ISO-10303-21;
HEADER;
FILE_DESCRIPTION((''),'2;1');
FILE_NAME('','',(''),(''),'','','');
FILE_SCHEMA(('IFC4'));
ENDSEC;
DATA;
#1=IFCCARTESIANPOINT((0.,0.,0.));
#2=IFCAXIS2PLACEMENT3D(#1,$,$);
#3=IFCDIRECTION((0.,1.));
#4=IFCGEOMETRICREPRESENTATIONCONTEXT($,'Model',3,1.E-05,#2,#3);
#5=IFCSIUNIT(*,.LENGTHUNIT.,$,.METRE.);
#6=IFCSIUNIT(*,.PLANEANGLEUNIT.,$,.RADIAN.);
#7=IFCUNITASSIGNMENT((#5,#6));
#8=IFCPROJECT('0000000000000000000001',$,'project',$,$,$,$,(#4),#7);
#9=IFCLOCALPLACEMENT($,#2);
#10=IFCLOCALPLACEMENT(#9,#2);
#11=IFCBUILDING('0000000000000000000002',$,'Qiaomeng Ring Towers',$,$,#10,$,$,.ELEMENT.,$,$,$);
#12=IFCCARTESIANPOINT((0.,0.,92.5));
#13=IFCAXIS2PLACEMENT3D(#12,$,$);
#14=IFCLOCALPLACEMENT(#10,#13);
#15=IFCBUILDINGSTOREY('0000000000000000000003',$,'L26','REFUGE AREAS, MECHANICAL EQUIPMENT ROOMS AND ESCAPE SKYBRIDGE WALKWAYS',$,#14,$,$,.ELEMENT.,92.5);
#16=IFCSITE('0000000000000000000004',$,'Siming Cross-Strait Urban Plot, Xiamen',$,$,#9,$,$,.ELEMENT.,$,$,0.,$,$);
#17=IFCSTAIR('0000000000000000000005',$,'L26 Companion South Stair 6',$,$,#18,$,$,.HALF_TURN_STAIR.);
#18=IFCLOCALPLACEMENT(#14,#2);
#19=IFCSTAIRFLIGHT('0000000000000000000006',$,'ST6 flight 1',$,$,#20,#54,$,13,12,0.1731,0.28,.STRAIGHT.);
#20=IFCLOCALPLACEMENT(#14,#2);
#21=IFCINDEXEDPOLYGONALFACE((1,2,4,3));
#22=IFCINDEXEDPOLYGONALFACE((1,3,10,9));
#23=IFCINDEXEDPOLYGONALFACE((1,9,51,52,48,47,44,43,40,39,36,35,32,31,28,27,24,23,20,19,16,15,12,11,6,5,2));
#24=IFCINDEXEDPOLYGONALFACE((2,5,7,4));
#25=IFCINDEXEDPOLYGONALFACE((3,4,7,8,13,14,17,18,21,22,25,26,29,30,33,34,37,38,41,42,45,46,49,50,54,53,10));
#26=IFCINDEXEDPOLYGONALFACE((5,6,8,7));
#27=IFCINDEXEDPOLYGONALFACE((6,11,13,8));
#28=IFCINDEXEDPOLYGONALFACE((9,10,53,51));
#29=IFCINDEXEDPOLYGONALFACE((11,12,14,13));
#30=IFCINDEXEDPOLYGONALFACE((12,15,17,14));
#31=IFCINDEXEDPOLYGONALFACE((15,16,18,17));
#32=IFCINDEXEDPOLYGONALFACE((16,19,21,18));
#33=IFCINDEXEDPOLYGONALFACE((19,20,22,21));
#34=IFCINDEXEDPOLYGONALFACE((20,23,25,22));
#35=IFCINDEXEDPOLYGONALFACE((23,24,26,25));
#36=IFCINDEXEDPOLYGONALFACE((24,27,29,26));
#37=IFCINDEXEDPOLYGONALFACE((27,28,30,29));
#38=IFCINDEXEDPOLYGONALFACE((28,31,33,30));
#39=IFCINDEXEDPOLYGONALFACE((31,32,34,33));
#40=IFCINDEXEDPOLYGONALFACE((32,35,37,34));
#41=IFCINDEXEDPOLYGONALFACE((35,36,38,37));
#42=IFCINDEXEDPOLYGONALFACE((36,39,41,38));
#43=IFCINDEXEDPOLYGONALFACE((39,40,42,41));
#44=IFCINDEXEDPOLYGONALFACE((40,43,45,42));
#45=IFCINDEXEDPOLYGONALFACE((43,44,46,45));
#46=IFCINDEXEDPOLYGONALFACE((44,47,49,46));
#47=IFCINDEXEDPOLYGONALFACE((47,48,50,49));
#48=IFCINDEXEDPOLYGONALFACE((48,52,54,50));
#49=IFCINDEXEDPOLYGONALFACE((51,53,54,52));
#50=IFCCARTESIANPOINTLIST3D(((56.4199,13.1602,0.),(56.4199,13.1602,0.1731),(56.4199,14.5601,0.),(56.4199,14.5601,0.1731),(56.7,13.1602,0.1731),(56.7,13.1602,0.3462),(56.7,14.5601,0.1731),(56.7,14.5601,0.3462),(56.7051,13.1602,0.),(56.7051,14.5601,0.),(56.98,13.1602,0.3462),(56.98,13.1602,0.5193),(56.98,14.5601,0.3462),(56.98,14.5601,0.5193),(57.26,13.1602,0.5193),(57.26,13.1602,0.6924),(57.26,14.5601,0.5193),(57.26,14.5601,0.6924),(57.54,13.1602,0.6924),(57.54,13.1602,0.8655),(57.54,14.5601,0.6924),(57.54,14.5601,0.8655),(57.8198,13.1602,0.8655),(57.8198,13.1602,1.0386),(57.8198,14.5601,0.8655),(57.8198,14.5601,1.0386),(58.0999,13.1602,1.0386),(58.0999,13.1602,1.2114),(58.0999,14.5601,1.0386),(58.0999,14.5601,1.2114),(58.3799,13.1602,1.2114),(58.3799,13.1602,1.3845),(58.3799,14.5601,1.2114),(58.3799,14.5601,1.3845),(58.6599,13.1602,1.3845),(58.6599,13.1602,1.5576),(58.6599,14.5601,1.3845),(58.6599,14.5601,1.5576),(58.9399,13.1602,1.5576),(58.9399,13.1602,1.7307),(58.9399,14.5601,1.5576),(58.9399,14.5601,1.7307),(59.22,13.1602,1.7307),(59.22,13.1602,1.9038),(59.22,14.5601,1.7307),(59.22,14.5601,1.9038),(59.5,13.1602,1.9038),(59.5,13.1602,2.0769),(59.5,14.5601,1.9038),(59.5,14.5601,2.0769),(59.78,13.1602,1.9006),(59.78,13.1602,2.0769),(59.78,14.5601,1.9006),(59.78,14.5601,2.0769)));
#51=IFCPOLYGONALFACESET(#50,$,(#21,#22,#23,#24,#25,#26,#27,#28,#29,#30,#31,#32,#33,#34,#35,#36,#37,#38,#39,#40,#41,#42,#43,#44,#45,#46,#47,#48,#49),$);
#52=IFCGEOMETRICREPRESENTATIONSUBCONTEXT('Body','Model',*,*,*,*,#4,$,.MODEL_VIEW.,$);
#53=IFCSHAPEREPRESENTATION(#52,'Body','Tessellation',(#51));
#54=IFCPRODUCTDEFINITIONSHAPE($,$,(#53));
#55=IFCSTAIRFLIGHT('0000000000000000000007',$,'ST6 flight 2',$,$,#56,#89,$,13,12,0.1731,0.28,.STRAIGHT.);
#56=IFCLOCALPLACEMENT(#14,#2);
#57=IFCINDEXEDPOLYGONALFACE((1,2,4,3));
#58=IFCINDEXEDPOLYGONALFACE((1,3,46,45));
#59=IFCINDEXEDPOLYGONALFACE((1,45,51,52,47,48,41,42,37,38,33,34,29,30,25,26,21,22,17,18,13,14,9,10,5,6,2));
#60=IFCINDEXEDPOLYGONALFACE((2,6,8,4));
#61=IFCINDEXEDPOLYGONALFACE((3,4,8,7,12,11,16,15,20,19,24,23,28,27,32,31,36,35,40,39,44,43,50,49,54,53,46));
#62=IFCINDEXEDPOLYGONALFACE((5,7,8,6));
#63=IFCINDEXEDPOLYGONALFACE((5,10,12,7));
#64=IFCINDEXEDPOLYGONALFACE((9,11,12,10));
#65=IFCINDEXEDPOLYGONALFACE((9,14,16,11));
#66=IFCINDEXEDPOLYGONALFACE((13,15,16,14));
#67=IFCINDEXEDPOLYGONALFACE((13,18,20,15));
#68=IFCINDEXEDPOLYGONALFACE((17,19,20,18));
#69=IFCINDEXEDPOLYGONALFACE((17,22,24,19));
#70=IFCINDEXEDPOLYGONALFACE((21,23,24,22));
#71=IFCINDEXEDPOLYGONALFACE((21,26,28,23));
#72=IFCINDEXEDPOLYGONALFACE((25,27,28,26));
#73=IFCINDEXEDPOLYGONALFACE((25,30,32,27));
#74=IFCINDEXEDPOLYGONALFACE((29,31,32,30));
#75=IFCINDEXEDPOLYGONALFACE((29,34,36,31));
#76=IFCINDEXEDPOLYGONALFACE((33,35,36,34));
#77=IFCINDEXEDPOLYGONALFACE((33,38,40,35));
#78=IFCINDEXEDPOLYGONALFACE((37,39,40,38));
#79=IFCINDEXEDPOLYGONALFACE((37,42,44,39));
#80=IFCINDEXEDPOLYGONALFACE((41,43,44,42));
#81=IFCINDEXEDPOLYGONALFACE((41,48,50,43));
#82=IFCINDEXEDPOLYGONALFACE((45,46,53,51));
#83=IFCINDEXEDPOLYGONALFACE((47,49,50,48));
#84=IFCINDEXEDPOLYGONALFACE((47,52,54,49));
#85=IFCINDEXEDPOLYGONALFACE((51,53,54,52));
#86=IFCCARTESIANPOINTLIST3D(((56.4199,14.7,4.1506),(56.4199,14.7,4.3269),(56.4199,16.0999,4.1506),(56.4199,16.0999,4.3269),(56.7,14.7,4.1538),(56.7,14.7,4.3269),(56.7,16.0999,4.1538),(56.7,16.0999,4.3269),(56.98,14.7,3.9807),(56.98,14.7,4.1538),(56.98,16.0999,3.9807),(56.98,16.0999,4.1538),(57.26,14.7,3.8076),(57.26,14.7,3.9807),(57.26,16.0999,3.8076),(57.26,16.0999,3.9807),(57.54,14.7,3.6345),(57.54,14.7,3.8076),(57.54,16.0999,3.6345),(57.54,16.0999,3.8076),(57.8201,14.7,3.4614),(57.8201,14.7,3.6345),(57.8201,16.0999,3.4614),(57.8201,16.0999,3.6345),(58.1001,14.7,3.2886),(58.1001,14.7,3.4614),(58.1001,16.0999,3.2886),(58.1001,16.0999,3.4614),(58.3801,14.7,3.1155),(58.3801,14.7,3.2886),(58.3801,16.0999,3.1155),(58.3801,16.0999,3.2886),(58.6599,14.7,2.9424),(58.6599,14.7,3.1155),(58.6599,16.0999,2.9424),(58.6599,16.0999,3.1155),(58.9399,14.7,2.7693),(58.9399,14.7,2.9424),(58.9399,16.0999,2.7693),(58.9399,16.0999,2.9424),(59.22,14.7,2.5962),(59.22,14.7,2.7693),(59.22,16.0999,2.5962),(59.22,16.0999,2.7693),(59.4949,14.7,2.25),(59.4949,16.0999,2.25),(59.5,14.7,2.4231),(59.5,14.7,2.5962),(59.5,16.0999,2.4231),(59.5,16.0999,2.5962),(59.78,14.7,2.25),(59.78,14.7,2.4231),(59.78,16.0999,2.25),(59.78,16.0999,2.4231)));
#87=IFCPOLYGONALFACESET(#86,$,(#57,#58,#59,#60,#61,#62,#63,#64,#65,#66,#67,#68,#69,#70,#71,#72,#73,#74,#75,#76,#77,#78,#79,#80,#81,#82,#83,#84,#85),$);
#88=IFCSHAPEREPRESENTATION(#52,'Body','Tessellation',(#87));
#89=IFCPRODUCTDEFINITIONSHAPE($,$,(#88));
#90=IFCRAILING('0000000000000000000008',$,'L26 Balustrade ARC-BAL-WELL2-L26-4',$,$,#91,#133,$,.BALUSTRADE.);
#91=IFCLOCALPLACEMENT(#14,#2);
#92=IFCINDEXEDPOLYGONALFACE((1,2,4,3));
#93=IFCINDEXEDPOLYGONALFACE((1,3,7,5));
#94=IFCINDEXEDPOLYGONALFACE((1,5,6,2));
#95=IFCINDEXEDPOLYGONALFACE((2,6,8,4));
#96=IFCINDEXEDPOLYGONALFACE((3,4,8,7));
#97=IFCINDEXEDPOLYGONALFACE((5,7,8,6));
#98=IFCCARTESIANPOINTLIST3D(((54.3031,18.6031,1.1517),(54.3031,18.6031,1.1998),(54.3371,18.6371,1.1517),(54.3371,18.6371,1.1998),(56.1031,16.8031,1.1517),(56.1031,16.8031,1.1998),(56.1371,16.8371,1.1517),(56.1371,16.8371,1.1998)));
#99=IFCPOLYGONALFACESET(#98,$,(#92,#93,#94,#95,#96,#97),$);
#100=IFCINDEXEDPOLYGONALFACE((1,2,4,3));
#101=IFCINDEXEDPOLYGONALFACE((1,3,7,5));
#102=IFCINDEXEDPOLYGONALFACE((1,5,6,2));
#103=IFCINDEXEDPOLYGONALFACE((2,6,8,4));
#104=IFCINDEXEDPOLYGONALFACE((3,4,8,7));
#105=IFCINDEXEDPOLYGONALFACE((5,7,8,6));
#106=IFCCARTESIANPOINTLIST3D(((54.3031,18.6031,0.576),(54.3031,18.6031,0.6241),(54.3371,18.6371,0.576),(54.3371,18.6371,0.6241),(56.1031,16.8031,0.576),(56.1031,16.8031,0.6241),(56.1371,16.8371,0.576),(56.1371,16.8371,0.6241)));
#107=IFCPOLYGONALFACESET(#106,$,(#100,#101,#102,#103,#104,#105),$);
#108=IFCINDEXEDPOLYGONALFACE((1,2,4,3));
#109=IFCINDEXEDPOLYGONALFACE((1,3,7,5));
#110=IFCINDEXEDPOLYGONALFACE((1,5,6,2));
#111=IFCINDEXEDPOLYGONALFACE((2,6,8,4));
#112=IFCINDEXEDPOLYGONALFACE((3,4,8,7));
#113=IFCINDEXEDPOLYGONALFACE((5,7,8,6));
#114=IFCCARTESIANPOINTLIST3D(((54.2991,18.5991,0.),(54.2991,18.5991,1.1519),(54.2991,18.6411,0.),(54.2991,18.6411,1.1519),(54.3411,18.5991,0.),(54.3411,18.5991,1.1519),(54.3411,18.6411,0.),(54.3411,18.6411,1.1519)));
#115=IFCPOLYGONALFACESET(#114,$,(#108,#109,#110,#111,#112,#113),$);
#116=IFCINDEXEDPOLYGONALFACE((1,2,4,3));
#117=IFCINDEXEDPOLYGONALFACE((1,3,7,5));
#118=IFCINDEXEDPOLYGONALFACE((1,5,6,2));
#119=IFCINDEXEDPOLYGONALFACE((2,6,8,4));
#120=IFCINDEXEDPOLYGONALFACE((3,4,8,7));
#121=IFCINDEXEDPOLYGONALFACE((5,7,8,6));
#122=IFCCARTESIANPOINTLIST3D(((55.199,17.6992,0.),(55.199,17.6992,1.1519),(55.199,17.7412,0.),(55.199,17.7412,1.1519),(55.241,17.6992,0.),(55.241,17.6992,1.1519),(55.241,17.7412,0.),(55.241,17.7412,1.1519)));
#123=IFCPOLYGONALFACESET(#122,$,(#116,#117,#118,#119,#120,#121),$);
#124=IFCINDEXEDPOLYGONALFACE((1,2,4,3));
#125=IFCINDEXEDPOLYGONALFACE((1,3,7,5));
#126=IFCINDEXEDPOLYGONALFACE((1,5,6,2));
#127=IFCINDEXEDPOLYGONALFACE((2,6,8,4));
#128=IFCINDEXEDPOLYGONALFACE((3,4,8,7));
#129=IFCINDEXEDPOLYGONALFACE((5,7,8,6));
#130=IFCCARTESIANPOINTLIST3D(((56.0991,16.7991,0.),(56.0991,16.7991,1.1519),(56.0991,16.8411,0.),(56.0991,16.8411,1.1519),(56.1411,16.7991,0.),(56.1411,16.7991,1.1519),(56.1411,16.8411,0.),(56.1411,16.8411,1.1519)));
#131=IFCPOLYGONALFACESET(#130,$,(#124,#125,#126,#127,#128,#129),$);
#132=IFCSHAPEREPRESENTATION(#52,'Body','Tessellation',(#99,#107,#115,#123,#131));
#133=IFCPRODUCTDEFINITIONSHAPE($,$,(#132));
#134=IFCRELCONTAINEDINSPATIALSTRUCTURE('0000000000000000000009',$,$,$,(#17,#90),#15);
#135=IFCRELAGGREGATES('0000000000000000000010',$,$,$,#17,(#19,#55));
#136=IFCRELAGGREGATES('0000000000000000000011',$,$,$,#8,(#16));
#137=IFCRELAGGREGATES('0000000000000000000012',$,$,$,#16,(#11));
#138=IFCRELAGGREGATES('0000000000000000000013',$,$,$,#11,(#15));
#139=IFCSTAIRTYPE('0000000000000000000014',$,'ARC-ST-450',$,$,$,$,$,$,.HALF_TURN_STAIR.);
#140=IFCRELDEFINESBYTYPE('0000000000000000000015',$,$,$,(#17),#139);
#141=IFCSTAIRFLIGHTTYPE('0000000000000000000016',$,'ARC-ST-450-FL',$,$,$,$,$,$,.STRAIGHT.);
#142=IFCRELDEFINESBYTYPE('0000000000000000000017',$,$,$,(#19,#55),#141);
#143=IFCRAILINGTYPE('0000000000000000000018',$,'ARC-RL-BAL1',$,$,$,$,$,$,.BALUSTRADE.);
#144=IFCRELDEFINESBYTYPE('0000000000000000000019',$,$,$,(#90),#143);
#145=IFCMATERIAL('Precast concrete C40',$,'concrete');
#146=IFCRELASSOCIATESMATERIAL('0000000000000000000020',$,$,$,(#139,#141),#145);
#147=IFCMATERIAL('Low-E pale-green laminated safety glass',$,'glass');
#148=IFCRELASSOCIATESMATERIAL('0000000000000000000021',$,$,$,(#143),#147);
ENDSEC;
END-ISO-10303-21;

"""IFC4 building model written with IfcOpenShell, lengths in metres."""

from ifc_helpers import new_model, si_unit, direction, frame, origin, origin_2d, place, context, subcontext, project, spatial, polyline, rectangle, outline, extrude, source, transform, mapped, material, type_object, element, aggregate, save


model = new_model("IFC4")

# Units and contexts
model_context = context("Model", 3, precision=1e-05, world=origin(), true_north=direction((0.0, 1.0)))
body_context = subcontext(model_context, "Body", "Model", "MODEL_VIEW")
ifc_project = project(units=[si_unit("LENGTHUNIT", "METRE"), si_unit("PLANEANGLEUNIT", "RADIAN")], contexts=[model_context])

# Site, building, storey
site_placement = place(None, origin())
site = spatial("IfcSite", under=ifc_project, at=site_placement, Name="Siming Cross-Strait Urban Plot, Xiamen", CompositionType="ELEMENT", RefElevation=0.0)
building_placement = place(site_placement, origin())
building = spatial("IfcBuilding", under=site, at=building_placement, Name="Qiaomeng Ring Towers", CompositionType="ELEMENT")
storey_placement = place(building_placement, frame((0.0, 0.0, 92.5)))
storey = spatial("IfcBuildingStorey", under=building, at=storey_placement, Name="L26", Description="REFUGE AREAS, MECHANICAL EQUIPMENT ROOMS AND ESCAPE SKYBRIDGE WALKWAYS", CompositionType="ELEMENT", Elevation=92.5)

# Stair, stair flights
ifc_material_1 = material(Name="Precast concrete C40", Category="concrete")
stair_type = type_object("IfcStairType", Name="ARC-ST-450", PredefinedType="HALF_TURN_STAIR", material=ifc_material_1)
stair_placement = place(storey_placement, origin())
stair = element("IfcStair", 1, at=stair_placement, inside=storey, type_object=stair_type, Name="L26 Companion South Stair 6", PredefinedType="HALF_TURN_STAIR")
stair_flight_type = type_object("IfcStairFlightType", Name="ARC-ST-450-FL", PredefinedType="STRAIGHT", material=ifc_material_1)
shared_shape_1 = source(origin(), body_context, "Body", "SweptSolid", [
    extrude(outline(polyline([(0.0, 0.0), (0.0, 0.1731), (0.28, 0.1731), (0.28, 0.3462), (0.5601, 0.3462), (0.5601, 0.5193), (0.8401, 0.5193), (0.8401, 0.6924), (1.1201, 0.6924), (1.1201, 0.8655), (1.3999, 0.8655), (1.3999, 1.0386), (1.6799, 1.0386), (1.6799, 1.2114), (1.96, 1.2114), (1.96, 1.3845), (2.24, 1.3845), (2.24, 1.5576), (2.52, 1.5576), (2.52, 1.7307), (2.8, 1.7307), (2.8, 1.9038), (3.0801, 1.9038), (3.0801, 2.0769), (3.3601, 2.0769), (3.3601, 2.25), (3.3601, 1.9006), (0.2852, 0.0), (0.0, 0.0)])), frame((0.0, 0.7, 0.0), z_axis=(0.0, -1.0, 0.0), x_axis=(1.0, 0.0, 0.0)), (0.0, 0.0, 1.0), 1.3999),
])
stair_flight_1_placement = place(storey_placement, frame((56.4199, 13.8601, 0.0), z_axis=(0.0, 0.0, 1.0), x_axis=(1.0, 0.0, 0.0)))
stair_flight_1 = element("IfcStairFlight", 2, at=stair_flight_1_placement, type_object=stair_flight_type, Name="ST6 flight 1", NumberOfRisers=13, NumberOfTreads=12, PredefinedType="STRAIGHT", RiserHeight=0.1731, TreadLength=0.28, context=body_context, shape_type="MappedRepresentation", body=[
    mapped(shared_shape_1, transform((0.0, 0.0, 0.0), x_axis=(1.0, 0.0, 0.0), y_axis=(0.0, 1.0, 0.0), z_axis=(0.0, 0.0, 1.0), scale=1.0)),
])
stair_flight_2_placement = place(storey_placement, frame((59.78, 15.3999, 2.25), z_axis=(0.0, 0.0, 1.0), x_axis=(-1.0, 0.0, 0.0)))
stair_flight_2 = element("IfcStairFlight", 3, at=stair_flight_2_placement, type_object=stair_flight_type, Name="ST6 flight 2", NumberOfRisers=13, NumberOfTreads=12, PredefinedType="STRAIGHT", RiserHeight=0.1731, TreadLength=0.28, context=body_context, shape_type="MappedRepresentation", body=[
    mapped(shared_shape_1, transform((0.0, 0.0, 0.0), x_axis=(1.0, 0.0, 0.0), y_axis=(0.0, 1.0, 0.0), z_axis=(0.0, 0.0, 1.0), scale=1.0)),
])
aggregate(stair, [stair_flight_1, stair_flight_2])

# Railing
ifc_material_2 = material(Name="Low-E pale-green laminated safety glass", Category="glass")
railing_type_1 = type_object("IfcRailingType", Name="ARC-RL-BAL1", PredefinedType="BALUSTRADE", material=ifc_material_2)
railing_1_placement = place(storey_placement, frame((54.3201, 18.6201, 0.0)))
element("IfcRailing", 4, at=railing_1_placement, inside=storey, type_object=railing_type_1, Name="L26 Balustrade ARC-BAL-WELL2-L26-4", PredefinedType="BALUSTRADE", context=body_context, shape_type="SweptSolid", body=[
    extrude(rectangle(XDim=0.0481, YDim=0.0481, at=origin_2d()), frame((0.0, 0.0, 1.1758), z_axis=(0.707107, -0.707107, 0.0), x_axis=(0.707107, 0.707107, 0.0)), (0.0, 0.0, 1.0), 2.5457),
    extrude(rectangle(XDim=0.0481, YDim=0.0481, at=origin_2d()), frame((0.0, 0.0, 0.6001), z_axis=(0.707107, -0.707107, 0.0), x_axis=(0.707107, 0.707107, 0.0)), (0.0, 0.0, 1.0), 2.5457),
    extrude(rectangle(XDim=0.042, YDim=0.042, at=origin_2d()), origin(), (0.0, 0.0, 1.0), 1.1519),
    extrude(rectangle(XDim=0.042, YDim=0.042, at=origin_2d()), frame((0.8999, -0.8999, 0.0)), (0.0, 0.0, 1.0), 1.1519),
    extrude(rectangle(XDim=0.042, YDim=0.042, at=origin_2d()), frame((1.8, -1.8, 0.0)), (0.0, 0.0, 1.0), 1.1519),
])

save(model, "model.ifc")
